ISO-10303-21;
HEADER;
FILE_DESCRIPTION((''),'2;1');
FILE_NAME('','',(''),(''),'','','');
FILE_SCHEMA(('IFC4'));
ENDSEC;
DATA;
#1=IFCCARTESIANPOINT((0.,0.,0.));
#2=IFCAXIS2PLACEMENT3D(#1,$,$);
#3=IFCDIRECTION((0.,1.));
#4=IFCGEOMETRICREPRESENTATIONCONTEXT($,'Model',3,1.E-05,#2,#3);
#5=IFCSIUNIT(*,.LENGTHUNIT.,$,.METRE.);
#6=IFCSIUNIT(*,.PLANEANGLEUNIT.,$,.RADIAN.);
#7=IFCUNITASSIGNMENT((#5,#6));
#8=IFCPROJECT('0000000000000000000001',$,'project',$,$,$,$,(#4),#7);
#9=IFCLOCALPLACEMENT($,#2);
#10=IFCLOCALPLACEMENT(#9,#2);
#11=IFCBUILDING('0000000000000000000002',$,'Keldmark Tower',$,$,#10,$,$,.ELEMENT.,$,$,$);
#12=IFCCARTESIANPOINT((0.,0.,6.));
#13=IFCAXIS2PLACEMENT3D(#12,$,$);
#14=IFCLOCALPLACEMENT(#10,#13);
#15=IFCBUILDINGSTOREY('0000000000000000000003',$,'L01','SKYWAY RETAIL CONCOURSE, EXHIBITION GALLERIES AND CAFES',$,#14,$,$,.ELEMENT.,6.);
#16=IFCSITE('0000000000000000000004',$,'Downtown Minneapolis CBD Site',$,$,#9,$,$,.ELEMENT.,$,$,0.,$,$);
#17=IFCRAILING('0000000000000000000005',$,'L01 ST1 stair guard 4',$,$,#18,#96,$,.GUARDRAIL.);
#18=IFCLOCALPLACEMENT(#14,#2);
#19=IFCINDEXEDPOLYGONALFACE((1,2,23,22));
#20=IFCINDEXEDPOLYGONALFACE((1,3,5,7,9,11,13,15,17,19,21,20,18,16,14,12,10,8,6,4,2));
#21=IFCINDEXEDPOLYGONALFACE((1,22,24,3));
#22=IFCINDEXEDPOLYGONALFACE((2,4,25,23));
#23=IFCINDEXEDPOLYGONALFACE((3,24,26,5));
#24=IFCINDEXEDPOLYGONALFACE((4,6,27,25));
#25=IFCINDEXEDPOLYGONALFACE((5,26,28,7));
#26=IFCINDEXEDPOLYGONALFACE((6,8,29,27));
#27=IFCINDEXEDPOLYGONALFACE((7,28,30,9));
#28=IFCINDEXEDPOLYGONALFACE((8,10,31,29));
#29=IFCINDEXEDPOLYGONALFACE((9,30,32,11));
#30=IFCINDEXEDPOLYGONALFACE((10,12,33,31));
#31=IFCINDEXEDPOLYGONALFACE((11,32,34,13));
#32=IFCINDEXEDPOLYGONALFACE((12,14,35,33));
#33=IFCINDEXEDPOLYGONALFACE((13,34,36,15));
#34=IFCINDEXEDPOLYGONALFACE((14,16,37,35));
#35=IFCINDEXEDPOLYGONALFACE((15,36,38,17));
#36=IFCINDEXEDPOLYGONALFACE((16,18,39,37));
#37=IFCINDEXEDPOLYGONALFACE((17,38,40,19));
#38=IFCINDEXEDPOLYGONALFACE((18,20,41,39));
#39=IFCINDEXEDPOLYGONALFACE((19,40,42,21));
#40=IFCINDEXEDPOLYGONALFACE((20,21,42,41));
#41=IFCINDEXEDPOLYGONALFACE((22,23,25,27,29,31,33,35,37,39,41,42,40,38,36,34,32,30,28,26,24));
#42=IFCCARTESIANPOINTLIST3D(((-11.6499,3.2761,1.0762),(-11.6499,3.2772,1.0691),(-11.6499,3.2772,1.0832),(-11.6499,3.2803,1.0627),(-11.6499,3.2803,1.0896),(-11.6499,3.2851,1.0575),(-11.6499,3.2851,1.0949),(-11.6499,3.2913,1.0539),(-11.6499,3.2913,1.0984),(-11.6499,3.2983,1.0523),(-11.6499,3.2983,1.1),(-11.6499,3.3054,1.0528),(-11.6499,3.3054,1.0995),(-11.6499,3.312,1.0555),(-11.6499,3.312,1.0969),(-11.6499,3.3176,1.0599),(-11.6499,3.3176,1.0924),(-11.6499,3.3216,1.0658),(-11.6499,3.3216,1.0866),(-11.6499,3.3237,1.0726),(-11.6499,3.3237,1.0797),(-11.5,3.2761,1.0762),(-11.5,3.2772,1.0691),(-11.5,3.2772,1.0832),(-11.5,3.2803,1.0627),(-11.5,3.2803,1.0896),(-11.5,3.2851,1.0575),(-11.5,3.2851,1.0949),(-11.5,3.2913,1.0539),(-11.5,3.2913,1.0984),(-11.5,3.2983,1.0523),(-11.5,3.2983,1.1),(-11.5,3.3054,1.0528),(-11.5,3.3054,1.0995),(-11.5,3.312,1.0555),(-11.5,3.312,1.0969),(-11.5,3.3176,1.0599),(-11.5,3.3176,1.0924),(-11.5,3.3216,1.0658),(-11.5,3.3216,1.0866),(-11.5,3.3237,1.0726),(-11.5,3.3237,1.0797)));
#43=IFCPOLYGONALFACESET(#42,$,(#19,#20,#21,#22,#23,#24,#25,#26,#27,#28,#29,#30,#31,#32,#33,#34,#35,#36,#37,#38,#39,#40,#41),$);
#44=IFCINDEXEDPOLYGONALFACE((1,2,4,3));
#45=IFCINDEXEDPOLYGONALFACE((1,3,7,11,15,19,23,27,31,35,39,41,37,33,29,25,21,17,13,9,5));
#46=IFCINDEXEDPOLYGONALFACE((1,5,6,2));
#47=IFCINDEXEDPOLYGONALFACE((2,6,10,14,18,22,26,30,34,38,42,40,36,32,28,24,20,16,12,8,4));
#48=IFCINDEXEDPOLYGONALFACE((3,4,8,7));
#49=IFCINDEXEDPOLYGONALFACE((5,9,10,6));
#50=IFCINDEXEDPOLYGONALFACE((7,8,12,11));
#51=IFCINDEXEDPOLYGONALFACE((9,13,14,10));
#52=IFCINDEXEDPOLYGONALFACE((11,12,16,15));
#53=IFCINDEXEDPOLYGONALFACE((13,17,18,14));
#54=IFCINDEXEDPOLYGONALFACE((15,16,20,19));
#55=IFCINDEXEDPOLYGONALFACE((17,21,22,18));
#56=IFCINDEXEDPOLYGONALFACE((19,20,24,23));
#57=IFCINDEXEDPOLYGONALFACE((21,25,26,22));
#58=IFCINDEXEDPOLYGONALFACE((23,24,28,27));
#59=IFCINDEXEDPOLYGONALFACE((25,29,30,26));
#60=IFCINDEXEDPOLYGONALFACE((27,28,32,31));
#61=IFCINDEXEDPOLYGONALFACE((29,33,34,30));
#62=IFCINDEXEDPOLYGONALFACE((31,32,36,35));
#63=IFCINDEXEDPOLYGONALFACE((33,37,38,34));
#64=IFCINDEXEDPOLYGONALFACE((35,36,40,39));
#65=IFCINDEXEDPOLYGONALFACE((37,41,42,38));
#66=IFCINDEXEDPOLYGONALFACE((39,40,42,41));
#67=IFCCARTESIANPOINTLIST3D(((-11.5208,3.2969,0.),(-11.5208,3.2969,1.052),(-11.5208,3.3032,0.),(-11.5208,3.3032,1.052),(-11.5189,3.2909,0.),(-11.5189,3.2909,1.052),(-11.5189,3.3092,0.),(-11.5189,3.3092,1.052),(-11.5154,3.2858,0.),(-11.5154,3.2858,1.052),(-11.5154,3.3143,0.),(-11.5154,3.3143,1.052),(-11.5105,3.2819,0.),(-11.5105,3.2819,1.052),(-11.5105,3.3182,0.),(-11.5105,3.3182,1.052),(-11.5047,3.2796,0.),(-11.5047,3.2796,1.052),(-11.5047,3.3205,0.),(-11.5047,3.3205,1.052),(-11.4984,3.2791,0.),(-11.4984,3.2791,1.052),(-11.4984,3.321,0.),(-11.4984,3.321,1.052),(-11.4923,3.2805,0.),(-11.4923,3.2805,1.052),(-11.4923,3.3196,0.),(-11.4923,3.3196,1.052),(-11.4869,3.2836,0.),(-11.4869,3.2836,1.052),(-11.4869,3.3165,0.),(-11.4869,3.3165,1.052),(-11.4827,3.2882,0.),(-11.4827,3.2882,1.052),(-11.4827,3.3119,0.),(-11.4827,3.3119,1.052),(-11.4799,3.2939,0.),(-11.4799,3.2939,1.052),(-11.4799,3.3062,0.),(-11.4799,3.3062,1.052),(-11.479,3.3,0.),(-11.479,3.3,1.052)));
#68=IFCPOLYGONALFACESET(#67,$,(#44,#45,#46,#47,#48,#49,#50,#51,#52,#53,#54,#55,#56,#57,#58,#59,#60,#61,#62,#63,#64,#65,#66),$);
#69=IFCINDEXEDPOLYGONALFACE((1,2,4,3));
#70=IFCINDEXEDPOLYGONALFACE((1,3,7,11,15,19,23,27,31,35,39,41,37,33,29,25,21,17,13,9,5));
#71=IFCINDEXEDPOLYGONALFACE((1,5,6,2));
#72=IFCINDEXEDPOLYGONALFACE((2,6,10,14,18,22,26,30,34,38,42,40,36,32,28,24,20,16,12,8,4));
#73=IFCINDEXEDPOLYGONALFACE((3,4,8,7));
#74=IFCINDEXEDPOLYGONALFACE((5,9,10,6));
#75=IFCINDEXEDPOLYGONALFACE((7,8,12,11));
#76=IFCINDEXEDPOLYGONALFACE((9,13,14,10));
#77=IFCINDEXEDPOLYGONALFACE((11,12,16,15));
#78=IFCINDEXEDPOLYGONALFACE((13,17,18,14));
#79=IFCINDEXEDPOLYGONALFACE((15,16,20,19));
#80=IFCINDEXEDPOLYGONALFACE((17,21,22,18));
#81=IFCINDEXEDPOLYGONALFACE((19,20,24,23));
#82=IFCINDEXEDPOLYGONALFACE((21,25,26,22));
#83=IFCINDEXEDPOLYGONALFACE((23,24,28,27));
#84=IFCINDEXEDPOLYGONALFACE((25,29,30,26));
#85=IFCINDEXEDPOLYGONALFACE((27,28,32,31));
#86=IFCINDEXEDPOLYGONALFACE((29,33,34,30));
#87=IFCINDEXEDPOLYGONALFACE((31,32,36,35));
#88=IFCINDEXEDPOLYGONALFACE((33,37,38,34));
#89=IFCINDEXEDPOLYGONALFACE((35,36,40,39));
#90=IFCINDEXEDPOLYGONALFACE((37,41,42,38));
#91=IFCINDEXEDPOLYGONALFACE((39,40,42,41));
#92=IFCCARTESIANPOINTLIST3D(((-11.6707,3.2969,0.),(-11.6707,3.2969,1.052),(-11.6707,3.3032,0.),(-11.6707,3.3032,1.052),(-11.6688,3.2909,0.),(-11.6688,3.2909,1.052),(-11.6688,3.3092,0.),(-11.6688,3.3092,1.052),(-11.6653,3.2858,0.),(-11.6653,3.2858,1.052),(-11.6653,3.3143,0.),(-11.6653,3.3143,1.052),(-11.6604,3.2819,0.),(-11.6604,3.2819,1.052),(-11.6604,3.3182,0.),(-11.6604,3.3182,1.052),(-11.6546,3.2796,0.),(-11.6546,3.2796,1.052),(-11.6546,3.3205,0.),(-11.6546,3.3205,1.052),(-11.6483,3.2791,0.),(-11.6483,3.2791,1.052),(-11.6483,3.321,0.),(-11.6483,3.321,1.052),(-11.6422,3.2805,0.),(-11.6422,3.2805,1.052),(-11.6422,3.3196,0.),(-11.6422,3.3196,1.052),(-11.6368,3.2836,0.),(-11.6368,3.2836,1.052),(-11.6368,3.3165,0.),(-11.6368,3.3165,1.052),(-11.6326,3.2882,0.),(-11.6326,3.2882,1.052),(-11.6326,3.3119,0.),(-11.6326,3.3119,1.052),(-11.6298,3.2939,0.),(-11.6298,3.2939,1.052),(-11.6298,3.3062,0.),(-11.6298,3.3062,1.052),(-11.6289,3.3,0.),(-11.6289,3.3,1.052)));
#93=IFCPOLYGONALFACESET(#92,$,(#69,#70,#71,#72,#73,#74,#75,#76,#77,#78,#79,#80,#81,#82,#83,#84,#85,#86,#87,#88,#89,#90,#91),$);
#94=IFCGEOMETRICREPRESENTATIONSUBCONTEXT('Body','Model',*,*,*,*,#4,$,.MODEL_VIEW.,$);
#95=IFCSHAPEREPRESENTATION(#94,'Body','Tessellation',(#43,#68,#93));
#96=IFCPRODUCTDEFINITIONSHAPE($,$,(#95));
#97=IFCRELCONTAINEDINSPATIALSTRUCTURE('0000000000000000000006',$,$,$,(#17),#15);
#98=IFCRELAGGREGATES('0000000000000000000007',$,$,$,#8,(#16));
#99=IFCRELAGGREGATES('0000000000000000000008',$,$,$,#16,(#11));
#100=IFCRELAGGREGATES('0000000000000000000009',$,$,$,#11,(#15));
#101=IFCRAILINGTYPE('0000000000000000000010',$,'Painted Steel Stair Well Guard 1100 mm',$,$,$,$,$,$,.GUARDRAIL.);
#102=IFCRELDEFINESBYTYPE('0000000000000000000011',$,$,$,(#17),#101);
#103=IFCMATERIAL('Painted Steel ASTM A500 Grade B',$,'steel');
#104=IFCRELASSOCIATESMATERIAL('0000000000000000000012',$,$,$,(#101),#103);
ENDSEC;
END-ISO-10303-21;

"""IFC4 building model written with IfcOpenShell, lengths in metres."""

from ifc_helpers import new_model, si_unit, direction, frame, origin, origin_2d, place, context, subcontext, project, spatial, circle, extrude, material, type_object, element, save


model = new_model("IFC4")

# Units and contexts
model_context = context("Model", 3, precision=1e-05, world=origin(), true_north=direction((0.0, 1.0)))
body_context = subcontext(model_context, "Body", "Model", "MODEL_VIEW")
ifc_project = project(units=[si_unit("LENGTHUNIT", "METRE"), si_unit("PLANEANGLEUNIT", "RADIAN")], contexts=[model_context])

# Site, building, storey
site_placement = place(None, origin())
site = spatial("IfcSite", under=ifc_project, at=site_placement, Name="Downtown Minneapolis CBD Site", CompositionType="ELEMENT", RefElevation=0.0)
building_placement = place(site_placement, origin())
building = spatial("IfcBuilding", under=site, at=building_placement, Name="Keldmark Tower", CompositionType="ELEMENT")
storey_placement = place(building_placement, frame((0.0, 0.0, 6.0)))
storey = spatial("IfcBuildingStorey", under=building, at=storey_placement, Name="L01", Description="SKYWAY RETAIL CONCOURSE, EXHIBITION GALLERIES AND CAFES", CompositionType="ELEMENT", Elevation=6.0)

# Railing
ifc_material_1 = material(Name="Painted Steel ASTM A500 Grade B", Category="steel")
railing_type_1 = type_object("IfcRailingType", Name="Painted Steel Stair Well Guard 1100 mm", PredefinedType="GUARDRAIL", material=ifc_material_1)
railing_1_placement = place(storey_placement, frame((-11.5, 3.3, 0.0)))
element("IfcRailing", 1, at=railing_1_placement, inside=storey, type_object=railing_type_1, Name="L01 ST1 stair guard 4", PredefinedType="GUARDRAIL", context=body_context, shape_type="SweptSolid", body=[
    extrude(circle(Radius=0.0239, at=origin_2d()), frame((0.0, 0.0, 1.0762), z_axis=(-1.0, 0.0, 0.0), x_axis=(0.0, -1.0, 0.0)), (0.0, 0.0, 1.0), 0.1499),
    extrude(circle(Radius=0.021, at=origin_2d()), origin(), (0.0, 0.0, 1.0), 1.052),
    extrude(circle(Radius=0.021, at=origin_2d()), frame((-0.1499, 0.0, 0.0)), (0.0, 0.0, 1.0), 1.052),
])

save(model, "model.ifc")
